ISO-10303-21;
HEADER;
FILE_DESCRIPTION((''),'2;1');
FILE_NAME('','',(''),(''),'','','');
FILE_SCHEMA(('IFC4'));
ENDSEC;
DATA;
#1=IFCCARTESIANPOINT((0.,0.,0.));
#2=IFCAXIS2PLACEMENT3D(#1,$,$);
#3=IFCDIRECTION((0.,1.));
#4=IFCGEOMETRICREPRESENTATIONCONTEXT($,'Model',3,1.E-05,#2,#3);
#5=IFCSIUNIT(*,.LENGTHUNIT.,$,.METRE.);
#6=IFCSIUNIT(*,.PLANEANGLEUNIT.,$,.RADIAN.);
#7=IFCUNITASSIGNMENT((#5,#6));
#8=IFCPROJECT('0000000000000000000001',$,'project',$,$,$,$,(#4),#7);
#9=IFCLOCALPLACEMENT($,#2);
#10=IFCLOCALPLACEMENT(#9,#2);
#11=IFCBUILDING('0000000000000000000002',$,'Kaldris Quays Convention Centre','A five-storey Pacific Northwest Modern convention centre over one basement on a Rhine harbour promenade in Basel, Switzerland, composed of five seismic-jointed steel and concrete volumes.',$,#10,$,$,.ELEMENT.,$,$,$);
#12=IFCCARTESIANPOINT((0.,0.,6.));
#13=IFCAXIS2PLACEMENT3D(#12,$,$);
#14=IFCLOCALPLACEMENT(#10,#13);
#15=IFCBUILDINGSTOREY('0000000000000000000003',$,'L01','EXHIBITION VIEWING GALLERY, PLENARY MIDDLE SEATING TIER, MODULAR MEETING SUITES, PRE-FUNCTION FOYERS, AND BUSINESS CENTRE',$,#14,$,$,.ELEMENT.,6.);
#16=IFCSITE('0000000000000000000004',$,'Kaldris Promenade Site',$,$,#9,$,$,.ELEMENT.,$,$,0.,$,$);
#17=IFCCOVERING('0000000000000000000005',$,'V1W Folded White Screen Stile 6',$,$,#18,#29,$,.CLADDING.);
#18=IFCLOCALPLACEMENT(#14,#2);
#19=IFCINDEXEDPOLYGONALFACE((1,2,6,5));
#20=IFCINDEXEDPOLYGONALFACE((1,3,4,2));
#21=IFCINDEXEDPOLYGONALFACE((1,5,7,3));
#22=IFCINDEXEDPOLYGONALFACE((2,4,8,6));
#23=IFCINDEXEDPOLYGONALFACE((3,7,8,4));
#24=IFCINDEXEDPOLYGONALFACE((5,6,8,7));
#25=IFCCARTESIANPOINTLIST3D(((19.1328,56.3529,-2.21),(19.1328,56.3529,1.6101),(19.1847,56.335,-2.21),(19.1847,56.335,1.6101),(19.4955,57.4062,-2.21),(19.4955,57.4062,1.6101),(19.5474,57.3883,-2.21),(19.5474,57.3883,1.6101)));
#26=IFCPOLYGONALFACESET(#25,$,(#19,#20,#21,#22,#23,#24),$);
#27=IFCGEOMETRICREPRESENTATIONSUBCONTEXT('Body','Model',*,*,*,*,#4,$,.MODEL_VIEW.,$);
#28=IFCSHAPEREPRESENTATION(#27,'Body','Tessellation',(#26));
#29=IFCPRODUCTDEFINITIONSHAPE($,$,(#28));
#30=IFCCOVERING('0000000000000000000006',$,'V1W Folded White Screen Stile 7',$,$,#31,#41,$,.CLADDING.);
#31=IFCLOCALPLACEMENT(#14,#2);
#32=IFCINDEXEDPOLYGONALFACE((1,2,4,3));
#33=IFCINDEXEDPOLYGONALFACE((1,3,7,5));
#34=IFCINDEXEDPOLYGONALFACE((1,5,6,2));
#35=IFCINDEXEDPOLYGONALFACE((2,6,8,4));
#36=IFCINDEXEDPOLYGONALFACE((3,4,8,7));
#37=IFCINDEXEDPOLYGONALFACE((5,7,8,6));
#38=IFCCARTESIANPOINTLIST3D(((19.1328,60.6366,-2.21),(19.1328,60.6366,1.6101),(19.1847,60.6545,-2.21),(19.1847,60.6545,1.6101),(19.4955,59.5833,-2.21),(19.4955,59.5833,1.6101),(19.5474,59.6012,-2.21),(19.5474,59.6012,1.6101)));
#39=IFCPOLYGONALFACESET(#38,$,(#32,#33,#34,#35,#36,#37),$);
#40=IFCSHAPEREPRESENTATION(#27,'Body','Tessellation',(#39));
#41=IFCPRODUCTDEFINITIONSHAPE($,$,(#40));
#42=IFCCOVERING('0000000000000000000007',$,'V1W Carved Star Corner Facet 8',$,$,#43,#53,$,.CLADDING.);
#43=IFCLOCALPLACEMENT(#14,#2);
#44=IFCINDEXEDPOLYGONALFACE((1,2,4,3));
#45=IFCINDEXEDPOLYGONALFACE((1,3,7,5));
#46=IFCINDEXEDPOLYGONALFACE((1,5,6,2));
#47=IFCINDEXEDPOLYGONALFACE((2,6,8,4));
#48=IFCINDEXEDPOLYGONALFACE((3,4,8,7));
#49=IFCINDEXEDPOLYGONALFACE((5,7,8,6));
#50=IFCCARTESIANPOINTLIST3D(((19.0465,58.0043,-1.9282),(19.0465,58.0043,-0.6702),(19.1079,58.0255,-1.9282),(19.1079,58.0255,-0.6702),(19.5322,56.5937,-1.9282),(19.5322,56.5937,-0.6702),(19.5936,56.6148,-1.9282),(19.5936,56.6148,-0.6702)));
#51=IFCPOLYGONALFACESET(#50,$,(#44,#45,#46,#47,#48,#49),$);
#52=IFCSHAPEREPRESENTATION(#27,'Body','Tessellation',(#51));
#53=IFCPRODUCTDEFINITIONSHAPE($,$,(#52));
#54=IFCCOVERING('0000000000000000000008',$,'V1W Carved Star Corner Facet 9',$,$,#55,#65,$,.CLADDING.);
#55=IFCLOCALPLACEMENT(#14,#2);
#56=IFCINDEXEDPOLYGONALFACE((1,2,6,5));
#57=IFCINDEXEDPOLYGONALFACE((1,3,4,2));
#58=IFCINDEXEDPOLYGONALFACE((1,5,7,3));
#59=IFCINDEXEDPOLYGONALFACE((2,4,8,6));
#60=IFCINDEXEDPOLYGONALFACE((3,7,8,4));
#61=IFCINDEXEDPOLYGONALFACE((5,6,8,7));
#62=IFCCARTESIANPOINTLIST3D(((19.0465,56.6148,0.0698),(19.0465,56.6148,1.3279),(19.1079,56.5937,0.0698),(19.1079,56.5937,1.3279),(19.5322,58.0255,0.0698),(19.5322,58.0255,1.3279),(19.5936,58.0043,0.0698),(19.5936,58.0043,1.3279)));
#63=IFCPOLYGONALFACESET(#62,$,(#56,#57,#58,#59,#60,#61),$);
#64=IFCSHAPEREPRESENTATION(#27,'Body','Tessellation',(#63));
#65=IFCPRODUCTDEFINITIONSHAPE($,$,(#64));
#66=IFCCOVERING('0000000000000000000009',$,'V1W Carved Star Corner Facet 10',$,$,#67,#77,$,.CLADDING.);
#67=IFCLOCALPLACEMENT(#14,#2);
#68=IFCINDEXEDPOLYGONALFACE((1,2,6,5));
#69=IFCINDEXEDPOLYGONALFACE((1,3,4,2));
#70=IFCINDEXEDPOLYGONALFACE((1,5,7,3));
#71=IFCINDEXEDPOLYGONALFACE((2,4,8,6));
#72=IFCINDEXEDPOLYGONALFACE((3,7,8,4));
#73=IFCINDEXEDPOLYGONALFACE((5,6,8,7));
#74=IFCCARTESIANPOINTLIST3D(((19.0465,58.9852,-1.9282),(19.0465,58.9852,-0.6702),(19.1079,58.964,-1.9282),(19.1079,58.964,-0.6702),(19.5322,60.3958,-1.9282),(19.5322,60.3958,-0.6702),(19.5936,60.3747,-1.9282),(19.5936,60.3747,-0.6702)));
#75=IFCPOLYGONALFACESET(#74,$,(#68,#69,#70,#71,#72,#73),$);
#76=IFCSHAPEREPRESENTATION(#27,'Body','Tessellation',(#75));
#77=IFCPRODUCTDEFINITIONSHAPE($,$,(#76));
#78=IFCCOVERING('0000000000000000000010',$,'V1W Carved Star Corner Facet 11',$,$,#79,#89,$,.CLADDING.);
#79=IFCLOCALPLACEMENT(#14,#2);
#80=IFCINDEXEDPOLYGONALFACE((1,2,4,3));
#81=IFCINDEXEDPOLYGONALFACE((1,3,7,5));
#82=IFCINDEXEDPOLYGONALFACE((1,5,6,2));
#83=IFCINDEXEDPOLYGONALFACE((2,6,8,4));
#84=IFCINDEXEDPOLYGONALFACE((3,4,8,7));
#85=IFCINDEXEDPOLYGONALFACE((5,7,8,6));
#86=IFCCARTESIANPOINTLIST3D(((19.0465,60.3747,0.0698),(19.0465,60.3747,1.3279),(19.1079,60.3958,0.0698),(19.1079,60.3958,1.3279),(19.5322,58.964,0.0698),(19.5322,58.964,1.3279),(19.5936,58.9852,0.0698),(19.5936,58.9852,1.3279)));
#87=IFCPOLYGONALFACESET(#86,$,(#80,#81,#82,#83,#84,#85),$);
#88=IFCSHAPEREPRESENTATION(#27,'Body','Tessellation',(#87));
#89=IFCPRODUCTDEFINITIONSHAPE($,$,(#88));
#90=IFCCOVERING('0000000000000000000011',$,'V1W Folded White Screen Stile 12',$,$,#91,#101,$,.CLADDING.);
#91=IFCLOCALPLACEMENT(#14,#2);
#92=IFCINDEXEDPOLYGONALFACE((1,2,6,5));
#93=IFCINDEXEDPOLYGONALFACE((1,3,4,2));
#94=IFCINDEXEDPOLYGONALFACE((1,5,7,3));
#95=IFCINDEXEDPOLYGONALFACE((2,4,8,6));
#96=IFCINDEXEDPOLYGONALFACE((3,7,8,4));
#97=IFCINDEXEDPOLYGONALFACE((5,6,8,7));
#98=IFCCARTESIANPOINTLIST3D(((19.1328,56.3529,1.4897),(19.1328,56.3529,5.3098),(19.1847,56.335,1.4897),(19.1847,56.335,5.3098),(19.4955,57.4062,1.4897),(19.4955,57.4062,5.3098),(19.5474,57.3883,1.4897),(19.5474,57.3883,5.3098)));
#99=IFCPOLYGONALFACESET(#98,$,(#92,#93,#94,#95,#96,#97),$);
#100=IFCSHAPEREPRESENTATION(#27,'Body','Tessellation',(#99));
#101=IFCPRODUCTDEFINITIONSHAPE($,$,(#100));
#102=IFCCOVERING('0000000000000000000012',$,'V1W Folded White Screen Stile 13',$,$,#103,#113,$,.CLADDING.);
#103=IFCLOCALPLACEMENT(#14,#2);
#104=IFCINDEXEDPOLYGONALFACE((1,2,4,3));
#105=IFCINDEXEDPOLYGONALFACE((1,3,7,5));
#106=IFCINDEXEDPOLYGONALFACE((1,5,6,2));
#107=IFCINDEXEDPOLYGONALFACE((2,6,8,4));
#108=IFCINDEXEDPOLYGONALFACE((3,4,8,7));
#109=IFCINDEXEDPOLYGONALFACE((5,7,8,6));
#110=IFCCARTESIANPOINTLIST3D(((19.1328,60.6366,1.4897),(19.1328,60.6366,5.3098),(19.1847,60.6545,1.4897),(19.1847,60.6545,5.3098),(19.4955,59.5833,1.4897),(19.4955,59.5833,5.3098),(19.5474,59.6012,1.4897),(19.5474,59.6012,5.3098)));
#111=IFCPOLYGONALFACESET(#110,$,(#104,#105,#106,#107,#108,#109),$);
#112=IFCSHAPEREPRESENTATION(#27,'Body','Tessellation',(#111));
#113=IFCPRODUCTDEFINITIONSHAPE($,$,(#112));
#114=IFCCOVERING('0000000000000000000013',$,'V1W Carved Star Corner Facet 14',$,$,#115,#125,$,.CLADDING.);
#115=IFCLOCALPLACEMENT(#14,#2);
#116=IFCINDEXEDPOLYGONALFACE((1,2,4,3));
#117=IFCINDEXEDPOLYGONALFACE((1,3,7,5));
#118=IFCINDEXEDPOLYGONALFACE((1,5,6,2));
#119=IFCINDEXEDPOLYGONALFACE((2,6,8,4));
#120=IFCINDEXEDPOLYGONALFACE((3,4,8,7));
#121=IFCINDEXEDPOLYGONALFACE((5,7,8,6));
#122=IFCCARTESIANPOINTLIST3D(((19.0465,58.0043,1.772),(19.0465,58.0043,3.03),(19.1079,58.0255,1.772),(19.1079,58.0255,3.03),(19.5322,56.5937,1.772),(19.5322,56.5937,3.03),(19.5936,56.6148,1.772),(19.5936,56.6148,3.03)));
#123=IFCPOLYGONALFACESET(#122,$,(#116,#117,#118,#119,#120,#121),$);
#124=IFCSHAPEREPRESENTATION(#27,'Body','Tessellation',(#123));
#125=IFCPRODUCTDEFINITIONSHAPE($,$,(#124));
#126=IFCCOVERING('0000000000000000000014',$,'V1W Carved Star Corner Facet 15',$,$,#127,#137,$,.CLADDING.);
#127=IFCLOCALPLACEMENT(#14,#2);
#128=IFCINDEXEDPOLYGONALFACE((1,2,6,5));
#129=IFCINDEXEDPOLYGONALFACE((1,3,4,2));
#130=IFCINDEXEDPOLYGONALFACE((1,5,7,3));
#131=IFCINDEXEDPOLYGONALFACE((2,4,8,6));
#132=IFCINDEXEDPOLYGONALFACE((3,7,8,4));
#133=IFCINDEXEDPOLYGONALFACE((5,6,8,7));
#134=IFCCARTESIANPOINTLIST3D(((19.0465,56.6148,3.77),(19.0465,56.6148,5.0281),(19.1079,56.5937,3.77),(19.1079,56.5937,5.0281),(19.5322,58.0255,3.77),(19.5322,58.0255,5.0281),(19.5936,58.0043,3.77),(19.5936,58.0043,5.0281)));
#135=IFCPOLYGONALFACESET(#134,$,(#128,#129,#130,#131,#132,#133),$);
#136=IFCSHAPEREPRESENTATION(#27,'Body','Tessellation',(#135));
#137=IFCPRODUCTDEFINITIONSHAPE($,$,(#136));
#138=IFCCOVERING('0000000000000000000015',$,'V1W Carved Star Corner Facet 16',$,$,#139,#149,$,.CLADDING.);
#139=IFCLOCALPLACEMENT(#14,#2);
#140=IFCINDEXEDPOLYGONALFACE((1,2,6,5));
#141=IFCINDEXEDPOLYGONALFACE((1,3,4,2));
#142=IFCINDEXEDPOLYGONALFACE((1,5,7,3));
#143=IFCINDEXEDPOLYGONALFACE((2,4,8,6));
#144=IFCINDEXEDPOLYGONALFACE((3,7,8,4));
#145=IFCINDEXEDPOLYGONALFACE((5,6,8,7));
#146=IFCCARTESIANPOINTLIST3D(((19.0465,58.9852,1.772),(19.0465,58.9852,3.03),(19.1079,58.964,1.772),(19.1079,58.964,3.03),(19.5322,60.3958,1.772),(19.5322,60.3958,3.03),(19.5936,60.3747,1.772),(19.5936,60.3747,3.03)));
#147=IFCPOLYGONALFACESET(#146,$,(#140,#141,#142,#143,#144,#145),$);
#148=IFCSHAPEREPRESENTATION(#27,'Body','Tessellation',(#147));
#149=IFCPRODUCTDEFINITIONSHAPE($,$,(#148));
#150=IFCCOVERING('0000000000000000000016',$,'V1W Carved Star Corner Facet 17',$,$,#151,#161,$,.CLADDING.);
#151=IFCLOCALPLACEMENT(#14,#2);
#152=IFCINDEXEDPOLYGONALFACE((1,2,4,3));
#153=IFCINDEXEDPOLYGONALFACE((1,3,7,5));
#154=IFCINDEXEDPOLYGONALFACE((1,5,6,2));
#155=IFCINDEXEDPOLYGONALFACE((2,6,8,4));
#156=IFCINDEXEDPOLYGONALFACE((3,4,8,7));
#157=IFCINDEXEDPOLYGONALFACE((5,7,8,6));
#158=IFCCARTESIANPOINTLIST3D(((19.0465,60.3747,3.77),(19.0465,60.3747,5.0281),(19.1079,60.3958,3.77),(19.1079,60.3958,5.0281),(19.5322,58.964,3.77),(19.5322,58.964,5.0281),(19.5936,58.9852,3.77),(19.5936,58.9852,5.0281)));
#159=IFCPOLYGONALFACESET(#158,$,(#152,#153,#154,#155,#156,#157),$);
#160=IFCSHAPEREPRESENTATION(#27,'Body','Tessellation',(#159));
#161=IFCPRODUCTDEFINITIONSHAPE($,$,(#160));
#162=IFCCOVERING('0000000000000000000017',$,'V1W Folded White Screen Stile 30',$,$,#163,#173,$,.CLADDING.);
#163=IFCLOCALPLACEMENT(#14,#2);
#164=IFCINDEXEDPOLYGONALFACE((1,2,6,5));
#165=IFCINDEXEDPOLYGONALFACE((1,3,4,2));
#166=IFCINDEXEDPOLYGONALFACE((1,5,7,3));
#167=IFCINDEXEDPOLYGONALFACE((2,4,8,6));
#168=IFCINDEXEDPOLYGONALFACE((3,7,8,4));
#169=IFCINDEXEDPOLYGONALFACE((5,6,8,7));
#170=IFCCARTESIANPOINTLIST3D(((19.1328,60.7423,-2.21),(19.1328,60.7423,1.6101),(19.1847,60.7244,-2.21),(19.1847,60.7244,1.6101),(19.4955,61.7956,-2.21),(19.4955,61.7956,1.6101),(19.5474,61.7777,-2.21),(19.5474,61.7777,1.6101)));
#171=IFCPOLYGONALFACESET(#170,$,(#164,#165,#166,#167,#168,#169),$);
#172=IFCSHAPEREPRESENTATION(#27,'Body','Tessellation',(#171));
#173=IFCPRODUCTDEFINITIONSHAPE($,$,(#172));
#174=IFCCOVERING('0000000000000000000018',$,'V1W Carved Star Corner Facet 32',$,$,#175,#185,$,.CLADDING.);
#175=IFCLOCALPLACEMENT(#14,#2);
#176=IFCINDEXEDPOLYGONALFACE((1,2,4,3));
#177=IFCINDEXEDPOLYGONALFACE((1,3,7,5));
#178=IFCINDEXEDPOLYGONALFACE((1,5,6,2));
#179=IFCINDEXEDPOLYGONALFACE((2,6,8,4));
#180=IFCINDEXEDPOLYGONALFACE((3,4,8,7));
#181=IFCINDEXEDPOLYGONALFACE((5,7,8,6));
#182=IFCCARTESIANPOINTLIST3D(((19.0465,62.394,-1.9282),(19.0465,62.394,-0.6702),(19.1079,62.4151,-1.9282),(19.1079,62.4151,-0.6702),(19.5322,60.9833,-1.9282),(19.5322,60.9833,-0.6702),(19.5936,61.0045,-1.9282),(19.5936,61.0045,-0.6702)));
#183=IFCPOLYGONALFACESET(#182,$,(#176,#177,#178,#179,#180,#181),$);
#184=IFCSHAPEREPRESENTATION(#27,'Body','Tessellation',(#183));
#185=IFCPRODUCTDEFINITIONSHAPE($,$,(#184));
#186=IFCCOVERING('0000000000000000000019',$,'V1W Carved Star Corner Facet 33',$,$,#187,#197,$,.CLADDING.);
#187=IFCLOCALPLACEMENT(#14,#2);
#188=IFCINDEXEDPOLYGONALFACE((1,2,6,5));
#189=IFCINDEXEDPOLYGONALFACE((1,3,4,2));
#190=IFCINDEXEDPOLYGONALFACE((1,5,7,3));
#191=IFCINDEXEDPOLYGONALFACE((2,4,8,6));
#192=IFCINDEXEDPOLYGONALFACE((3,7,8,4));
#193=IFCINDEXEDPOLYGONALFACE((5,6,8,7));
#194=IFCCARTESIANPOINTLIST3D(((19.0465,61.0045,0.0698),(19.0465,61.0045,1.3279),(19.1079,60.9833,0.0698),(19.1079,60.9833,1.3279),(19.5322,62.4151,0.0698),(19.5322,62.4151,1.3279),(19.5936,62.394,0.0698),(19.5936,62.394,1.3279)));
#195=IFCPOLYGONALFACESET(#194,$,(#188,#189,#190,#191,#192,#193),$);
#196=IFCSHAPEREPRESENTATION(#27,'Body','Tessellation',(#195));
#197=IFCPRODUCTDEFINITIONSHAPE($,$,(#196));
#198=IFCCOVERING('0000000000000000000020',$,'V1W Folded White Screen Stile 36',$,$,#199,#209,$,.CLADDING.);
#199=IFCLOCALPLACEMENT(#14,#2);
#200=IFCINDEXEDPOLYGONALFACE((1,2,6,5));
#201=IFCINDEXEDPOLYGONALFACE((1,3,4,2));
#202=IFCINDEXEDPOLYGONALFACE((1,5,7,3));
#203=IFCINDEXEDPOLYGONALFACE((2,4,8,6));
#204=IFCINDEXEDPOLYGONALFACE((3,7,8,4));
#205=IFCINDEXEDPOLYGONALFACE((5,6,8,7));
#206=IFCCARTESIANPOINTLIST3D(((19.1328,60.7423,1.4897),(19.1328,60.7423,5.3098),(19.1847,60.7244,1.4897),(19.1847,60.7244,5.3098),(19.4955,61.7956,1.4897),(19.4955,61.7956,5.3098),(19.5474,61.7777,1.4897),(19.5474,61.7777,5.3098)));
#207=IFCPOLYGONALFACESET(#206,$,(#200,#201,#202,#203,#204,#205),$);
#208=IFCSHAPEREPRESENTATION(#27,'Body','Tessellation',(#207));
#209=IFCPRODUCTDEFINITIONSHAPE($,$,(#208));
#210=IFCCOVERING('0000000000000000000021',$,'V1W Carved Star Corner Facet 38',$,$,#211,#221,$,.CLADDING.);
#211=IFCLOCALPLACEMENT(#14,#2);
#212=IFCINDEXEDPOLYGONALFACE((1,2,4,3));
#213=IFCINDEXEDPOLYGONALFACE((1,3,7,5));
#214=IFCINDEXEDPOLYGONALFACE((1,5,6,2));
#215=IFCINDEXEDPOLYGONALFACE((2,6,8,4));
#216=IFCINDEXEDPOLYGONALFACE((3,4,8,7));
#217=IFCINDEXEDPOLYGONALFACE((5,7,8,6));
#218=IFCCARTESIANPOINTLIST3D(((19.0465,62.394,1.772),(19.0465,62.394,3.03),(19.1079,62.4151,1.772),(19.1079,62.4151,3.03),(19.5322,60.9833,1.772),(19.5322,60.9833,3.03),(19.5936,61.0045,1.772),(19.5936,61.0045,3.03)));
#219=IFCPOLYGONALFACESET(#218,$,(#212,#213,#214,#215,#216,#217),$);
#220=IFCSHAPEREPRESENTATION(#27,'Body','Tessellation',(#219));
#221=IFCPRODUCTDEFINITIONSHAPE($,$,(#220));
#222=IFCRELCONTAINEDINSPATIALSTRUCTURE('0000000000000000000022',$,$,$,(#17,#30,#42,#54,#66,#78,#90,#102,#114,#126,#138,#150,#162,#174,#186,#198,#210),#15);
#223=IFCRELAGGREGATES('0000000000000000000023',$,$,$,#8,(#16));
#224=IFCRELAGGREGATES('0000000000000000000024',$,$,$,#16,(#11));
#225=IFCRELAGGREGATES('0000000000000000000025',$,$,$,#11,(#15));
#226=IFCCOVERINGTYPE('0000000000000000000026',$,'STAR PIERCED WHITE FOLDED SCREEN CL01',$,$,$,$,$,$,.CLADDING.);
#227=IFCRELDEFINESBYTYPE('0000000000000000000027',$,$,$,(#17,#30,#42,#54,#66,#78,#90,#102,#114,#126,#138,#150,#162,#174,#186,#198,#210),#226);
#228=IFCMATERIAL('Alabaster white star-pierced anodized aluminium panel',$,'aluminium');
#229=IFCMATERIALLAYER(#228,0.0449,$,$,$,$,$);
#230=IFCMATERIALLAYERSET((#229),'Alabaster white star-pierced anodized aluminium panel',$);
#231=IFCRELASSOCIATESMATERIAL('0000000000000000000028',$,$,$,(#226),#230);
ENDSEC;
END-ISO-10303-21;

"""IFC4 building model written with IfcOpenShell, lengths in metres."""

from ifc_helpers import new_model, si_unit, direction, frame, origin, origin_2d, place, context, subcontext, project, spatial, rectangle, extrude, material, layer, layer_set, type_object, element, save


model = new_model("IFC4")

# Units and contexts
model_context = context("Model", 3, precision=1e-05, world=origin(), true_north=direction((0.0, 1.0)))
body_context = subcontext(model_context, "Body", "Model", "MODEL_VIEW")
ifc_project = project(units=[si_unit("LENGTHUNIT", "METRE"), si_unit("PLANEANGLEUNIT", "RADIAN")], contexts=[model_context])

# Site, building, storey
site_placement = place(None, origin())
site = spatial("IfcSite", under=ifc_project, at=site_placement, Name="Kaldris Promenade Site", CompositionType="ELEMENT", RefElevation=0.0)
building_placement = place(site_placement, origin())
building = spatial("IfcBuilding", under=site, at=building_placement, Name="Kaldris Quays Convention Centre", Description="A five-storey Pacific Northwest Modern convention centre over one basement on a Rhine harbour promenade in Basel, Switzerland, composed of five seismic-jointed steel and concrete volumes.", CompositionType="ELEMENT")
storey_placement = place(building_placement, frame((0.0, 0.0, 6.0)))
storey = spatial("IfcBuildingStorey", under=building, at=storey_placement, Name="L01", Description="EXHIBITION VIEWING GALLERY, PLENARY MIDDLE SEATING TIER, MODULAR MEETING SUITES, PRE-FUNCTION FOYERS, AND BUSINESS CENTRE", CompositionType="ELEMENT", Elevation=6.0)

# Coverings
ifc_material_1 = material(Name="Alabaster white star-pierced anodized aluminium panel", Category="aluminium")
ifc_layer = layer(ifc_material_1, 0.0449)
ifc_layer_set = layer_set([ifc_layer], Name="Alabaster white star-pierced anodized aluminium panel")
covering_type = type_object("IfcCoveringType", Name="STAR PIERCED WHITE FOLDED SCREEN CL01", PredefinedType="CLADDING", material=ifc_layer_set)
for number, where, z_axis, x_axis, name in (
    (1, (19.3401, 56.8706, -2.21), (0.0, 0.0, 1.0), (0.325568, 0.945519, 0.0), "V1W Folded White Screen Stile 6"),
    (2, (19.3401, 60.1189, -2.21), (0.0, 0.0, 1.0), (-0.325568, 0.945519, 0.0), "V1W Folded White Screen Stile 7"),
):
    element("IfcCovering", number, at=place(storey_placement, frame(where, z_axis=z_axis, x_axis=x_axis)), inside=storey, type_object=covering_type, Name=name, PredefinedType="CLADDING", context=body_context, shape_type="SweptSolid", body=[
        extrude(rectangle(XDim=1.114, YDim=0.0549, at=origin_2d()), origin(), (0.0, 0.0, 1.0), 3.8201),
    ])
for number, where, z_axis, x_axis, name in (
    (3, (19.3201, 57.3096, -1.9282), (0.0, 0.0, 1.0), (-0.325568, 0.945519, 0.0), "V1W Carved Star Corner Facet 8"),
    (4, (19.3201, 57.3096, 0.0698), (0.0, 0.0, 1.0), (0.325568, 0.945519, 0.0), "V1W Carved Star Corner Facet 9"),
    (5, (19.3201, 59.6799, -1.9282), (0.0, 0.0, 1.0), (0.325568, 0.945519, 0.0), "V1W Carved Star Corner Facet 10"),
    (6, (19.3201, 59.6799, 0.0698), (0.0, 0.0, 1.0), (-0.325568, 0.945519, 0.0), "V1W Carved Star Corner Facet 11"),
):
    element("IfcCovering", number, at=place(storey_placement, frame(where, z_axis=z_axis, x_axis=x_axis)), inside=storey, type_object=covering_type, Name=name, PredefinedType="CLADDING", context=body_context, shape_type="SweptSolid", body=[
        extrude(rectangle(XDim=1.4919, YDim=0.0649, at=origin_2d()), origin(), (0.0, 0.0, 1.0), 1.2581),
    ])
for number, where, z_axis, x_axis, name in (
    (7, (19.3401, 56.8706, 1.4897), (0.0, 0.0, 1.0), (0.325568, 0.945519, 0.0), "V1W Folded White Screen Stile 12"),
    (8, (19.3401, 60.1189, 1.4897), (0.0, 0.0, 1.0), (-0.325568, 0.945519, 0.0), "V1W Folded White Screen Stile 13"),
):
    element("IfcCovering", number, at=place(storey_placement, frame(where, z_axis=z_axis, x_axis=x_axis)), inside=storey, type_object=covering_type, Name=name, PredefinedType="CLADDING", context=body_context, shape_type="SweptSolid", body=[
        extrude(rectangle(XDim=1.114, YDim=0.0549, at=origin_2d()), origin(), (0.0, 0.0, 1.0), 3.8201),
    ])
for number, where, z_axis, x_axis, name in (
    (9, (19.3201, 57.3096, 1.772), (0.0, 0.0, 1.0), (-0.325568, 0.945519, 0.0), "V1W Carved Star Corner Facet 14"),
    (10, (19.3201, 57.3096, 3.77), (0.0, 0.0, 1.0), (0.325568, 0.945519, 0.0), "V1W Carved Star Corner Facet 15"),
    (11, (19.3201, 59.6799, 1.772), (0.0, 0.0, 1.0), (0.325568, 0.945519, 0.0), "V1W Carved Star Corner Facet 16"),
    (12, (19.3201, 59.6799, 3.77), (0.0, 0.0, 1.0), (-0.325568, 0.945519, 0.0), "V1W Carved Star Corner Facet 17"),
):
    element("IfcCovering", number, at=place(storey_placement, frame(where, z_axis=z_axis, x_axis=x_axis)), inside=storey, type_object=covering_type, Name=name, PredefinedType="CLADDING", context=body_context, shape_type="SweptSolid", body=[
        extrude(rectangle(XDim=1.4919, YDim=0.0649, at=origin_2d()), origin(), (0.0, 0.0, 1.0), 1.2581),
    ])
covering_1_placement = place(storey_placement, frame((19.3401, 61.26, -2.21), z_axis=(0.0, 0.0, 1.0), x_axis=(0.325568, 0.945519, 0.0)))
element("IfcCovering", 13, at=covering_1_placement, inside=storey, type_object=covering_type, Name="V1W Folded White Screen Stile 30", PredefinedType="CLADDING", context=body_context, shape_type="SweptSolid", body=[
    extrude(rectangle(XDim=1.114, YDim=0.0549, at=origin_2d()), origin(), (0.0, 0.0, 1.0), 3.8201),
])
for number, where, z_axis, x_axis, name in (
    (14, (19.3201, 61.6992, -1.9282), (0.0, 0.0, 1.0), (-0.325568, 0.945519, 0.0), "V1W Carved Star Corner Facet 32"),
    (15, (19.3201, 61.6992, 0.0698), (0.0, 0.0, 1.0), (0.325568, 0.945519, 0.0), "V1W Carved Star Corner Facet 33"),
):
    element("IfcCovering", number, at=place(storey_placement, frame(where, z_axis=z_axis, x_axis=x_axis)), inside=storey, type_object=covering_type, Name=name, PredefinedType="CLADDING", context=body_context, shape_type="SweptSolid", body=[
        extrude(rectangle(XDim=1.4919, YDim=0.0649, at=origin_2d()), origin(), (0.0, 0.0, 1.0), 1.2581),
    ])
covering_2_placement = place(storey_placement, frame((19.3401, 61.26, 1.4897), z_axis=(0.0, 0.0, 1.0), x_axis=(0.325568, 0.945519, 0.0)))
element("IfcCovering", 16, at=covering_2_placement, inside=storey, type_object=covering_type, Name="V1W Folded White Screen Stile 36", PredefinedType="CLADDING", context=body_context, shape_type="SweptSolid", body=[
    extrude(rectangle(XDim=1.114, YDim=0.0549, at=origin_2d()), origin(), (0.0, 0.0, 1.0), 3.8201),
])
for number, where, z_axis, x_axis, name in (
    (17, (19.3201, 61.6992, 1.772), (0.0, 0.0, 1.0), (-0.325568, 0.945519, 0.0), "V1W Carved Star Corner Facet 38"),
):
    element("IfcCovering", number, at=place(storey_placement, frame(where, z_axis=z_axis, x_axis=x_axis)), inside=storey, type_object=covering_type, Name=name, PredefinedType="CLADDING", context=body_context, shape_type="SweptSolid", body=[
        extrude(rectangle(XDim=1.4919, YDim=0.0649, at=origin_2d()), origin(), (0.0, 0.0, 1.0), 1.2581),
    ])

save(model, "model.ifc")
